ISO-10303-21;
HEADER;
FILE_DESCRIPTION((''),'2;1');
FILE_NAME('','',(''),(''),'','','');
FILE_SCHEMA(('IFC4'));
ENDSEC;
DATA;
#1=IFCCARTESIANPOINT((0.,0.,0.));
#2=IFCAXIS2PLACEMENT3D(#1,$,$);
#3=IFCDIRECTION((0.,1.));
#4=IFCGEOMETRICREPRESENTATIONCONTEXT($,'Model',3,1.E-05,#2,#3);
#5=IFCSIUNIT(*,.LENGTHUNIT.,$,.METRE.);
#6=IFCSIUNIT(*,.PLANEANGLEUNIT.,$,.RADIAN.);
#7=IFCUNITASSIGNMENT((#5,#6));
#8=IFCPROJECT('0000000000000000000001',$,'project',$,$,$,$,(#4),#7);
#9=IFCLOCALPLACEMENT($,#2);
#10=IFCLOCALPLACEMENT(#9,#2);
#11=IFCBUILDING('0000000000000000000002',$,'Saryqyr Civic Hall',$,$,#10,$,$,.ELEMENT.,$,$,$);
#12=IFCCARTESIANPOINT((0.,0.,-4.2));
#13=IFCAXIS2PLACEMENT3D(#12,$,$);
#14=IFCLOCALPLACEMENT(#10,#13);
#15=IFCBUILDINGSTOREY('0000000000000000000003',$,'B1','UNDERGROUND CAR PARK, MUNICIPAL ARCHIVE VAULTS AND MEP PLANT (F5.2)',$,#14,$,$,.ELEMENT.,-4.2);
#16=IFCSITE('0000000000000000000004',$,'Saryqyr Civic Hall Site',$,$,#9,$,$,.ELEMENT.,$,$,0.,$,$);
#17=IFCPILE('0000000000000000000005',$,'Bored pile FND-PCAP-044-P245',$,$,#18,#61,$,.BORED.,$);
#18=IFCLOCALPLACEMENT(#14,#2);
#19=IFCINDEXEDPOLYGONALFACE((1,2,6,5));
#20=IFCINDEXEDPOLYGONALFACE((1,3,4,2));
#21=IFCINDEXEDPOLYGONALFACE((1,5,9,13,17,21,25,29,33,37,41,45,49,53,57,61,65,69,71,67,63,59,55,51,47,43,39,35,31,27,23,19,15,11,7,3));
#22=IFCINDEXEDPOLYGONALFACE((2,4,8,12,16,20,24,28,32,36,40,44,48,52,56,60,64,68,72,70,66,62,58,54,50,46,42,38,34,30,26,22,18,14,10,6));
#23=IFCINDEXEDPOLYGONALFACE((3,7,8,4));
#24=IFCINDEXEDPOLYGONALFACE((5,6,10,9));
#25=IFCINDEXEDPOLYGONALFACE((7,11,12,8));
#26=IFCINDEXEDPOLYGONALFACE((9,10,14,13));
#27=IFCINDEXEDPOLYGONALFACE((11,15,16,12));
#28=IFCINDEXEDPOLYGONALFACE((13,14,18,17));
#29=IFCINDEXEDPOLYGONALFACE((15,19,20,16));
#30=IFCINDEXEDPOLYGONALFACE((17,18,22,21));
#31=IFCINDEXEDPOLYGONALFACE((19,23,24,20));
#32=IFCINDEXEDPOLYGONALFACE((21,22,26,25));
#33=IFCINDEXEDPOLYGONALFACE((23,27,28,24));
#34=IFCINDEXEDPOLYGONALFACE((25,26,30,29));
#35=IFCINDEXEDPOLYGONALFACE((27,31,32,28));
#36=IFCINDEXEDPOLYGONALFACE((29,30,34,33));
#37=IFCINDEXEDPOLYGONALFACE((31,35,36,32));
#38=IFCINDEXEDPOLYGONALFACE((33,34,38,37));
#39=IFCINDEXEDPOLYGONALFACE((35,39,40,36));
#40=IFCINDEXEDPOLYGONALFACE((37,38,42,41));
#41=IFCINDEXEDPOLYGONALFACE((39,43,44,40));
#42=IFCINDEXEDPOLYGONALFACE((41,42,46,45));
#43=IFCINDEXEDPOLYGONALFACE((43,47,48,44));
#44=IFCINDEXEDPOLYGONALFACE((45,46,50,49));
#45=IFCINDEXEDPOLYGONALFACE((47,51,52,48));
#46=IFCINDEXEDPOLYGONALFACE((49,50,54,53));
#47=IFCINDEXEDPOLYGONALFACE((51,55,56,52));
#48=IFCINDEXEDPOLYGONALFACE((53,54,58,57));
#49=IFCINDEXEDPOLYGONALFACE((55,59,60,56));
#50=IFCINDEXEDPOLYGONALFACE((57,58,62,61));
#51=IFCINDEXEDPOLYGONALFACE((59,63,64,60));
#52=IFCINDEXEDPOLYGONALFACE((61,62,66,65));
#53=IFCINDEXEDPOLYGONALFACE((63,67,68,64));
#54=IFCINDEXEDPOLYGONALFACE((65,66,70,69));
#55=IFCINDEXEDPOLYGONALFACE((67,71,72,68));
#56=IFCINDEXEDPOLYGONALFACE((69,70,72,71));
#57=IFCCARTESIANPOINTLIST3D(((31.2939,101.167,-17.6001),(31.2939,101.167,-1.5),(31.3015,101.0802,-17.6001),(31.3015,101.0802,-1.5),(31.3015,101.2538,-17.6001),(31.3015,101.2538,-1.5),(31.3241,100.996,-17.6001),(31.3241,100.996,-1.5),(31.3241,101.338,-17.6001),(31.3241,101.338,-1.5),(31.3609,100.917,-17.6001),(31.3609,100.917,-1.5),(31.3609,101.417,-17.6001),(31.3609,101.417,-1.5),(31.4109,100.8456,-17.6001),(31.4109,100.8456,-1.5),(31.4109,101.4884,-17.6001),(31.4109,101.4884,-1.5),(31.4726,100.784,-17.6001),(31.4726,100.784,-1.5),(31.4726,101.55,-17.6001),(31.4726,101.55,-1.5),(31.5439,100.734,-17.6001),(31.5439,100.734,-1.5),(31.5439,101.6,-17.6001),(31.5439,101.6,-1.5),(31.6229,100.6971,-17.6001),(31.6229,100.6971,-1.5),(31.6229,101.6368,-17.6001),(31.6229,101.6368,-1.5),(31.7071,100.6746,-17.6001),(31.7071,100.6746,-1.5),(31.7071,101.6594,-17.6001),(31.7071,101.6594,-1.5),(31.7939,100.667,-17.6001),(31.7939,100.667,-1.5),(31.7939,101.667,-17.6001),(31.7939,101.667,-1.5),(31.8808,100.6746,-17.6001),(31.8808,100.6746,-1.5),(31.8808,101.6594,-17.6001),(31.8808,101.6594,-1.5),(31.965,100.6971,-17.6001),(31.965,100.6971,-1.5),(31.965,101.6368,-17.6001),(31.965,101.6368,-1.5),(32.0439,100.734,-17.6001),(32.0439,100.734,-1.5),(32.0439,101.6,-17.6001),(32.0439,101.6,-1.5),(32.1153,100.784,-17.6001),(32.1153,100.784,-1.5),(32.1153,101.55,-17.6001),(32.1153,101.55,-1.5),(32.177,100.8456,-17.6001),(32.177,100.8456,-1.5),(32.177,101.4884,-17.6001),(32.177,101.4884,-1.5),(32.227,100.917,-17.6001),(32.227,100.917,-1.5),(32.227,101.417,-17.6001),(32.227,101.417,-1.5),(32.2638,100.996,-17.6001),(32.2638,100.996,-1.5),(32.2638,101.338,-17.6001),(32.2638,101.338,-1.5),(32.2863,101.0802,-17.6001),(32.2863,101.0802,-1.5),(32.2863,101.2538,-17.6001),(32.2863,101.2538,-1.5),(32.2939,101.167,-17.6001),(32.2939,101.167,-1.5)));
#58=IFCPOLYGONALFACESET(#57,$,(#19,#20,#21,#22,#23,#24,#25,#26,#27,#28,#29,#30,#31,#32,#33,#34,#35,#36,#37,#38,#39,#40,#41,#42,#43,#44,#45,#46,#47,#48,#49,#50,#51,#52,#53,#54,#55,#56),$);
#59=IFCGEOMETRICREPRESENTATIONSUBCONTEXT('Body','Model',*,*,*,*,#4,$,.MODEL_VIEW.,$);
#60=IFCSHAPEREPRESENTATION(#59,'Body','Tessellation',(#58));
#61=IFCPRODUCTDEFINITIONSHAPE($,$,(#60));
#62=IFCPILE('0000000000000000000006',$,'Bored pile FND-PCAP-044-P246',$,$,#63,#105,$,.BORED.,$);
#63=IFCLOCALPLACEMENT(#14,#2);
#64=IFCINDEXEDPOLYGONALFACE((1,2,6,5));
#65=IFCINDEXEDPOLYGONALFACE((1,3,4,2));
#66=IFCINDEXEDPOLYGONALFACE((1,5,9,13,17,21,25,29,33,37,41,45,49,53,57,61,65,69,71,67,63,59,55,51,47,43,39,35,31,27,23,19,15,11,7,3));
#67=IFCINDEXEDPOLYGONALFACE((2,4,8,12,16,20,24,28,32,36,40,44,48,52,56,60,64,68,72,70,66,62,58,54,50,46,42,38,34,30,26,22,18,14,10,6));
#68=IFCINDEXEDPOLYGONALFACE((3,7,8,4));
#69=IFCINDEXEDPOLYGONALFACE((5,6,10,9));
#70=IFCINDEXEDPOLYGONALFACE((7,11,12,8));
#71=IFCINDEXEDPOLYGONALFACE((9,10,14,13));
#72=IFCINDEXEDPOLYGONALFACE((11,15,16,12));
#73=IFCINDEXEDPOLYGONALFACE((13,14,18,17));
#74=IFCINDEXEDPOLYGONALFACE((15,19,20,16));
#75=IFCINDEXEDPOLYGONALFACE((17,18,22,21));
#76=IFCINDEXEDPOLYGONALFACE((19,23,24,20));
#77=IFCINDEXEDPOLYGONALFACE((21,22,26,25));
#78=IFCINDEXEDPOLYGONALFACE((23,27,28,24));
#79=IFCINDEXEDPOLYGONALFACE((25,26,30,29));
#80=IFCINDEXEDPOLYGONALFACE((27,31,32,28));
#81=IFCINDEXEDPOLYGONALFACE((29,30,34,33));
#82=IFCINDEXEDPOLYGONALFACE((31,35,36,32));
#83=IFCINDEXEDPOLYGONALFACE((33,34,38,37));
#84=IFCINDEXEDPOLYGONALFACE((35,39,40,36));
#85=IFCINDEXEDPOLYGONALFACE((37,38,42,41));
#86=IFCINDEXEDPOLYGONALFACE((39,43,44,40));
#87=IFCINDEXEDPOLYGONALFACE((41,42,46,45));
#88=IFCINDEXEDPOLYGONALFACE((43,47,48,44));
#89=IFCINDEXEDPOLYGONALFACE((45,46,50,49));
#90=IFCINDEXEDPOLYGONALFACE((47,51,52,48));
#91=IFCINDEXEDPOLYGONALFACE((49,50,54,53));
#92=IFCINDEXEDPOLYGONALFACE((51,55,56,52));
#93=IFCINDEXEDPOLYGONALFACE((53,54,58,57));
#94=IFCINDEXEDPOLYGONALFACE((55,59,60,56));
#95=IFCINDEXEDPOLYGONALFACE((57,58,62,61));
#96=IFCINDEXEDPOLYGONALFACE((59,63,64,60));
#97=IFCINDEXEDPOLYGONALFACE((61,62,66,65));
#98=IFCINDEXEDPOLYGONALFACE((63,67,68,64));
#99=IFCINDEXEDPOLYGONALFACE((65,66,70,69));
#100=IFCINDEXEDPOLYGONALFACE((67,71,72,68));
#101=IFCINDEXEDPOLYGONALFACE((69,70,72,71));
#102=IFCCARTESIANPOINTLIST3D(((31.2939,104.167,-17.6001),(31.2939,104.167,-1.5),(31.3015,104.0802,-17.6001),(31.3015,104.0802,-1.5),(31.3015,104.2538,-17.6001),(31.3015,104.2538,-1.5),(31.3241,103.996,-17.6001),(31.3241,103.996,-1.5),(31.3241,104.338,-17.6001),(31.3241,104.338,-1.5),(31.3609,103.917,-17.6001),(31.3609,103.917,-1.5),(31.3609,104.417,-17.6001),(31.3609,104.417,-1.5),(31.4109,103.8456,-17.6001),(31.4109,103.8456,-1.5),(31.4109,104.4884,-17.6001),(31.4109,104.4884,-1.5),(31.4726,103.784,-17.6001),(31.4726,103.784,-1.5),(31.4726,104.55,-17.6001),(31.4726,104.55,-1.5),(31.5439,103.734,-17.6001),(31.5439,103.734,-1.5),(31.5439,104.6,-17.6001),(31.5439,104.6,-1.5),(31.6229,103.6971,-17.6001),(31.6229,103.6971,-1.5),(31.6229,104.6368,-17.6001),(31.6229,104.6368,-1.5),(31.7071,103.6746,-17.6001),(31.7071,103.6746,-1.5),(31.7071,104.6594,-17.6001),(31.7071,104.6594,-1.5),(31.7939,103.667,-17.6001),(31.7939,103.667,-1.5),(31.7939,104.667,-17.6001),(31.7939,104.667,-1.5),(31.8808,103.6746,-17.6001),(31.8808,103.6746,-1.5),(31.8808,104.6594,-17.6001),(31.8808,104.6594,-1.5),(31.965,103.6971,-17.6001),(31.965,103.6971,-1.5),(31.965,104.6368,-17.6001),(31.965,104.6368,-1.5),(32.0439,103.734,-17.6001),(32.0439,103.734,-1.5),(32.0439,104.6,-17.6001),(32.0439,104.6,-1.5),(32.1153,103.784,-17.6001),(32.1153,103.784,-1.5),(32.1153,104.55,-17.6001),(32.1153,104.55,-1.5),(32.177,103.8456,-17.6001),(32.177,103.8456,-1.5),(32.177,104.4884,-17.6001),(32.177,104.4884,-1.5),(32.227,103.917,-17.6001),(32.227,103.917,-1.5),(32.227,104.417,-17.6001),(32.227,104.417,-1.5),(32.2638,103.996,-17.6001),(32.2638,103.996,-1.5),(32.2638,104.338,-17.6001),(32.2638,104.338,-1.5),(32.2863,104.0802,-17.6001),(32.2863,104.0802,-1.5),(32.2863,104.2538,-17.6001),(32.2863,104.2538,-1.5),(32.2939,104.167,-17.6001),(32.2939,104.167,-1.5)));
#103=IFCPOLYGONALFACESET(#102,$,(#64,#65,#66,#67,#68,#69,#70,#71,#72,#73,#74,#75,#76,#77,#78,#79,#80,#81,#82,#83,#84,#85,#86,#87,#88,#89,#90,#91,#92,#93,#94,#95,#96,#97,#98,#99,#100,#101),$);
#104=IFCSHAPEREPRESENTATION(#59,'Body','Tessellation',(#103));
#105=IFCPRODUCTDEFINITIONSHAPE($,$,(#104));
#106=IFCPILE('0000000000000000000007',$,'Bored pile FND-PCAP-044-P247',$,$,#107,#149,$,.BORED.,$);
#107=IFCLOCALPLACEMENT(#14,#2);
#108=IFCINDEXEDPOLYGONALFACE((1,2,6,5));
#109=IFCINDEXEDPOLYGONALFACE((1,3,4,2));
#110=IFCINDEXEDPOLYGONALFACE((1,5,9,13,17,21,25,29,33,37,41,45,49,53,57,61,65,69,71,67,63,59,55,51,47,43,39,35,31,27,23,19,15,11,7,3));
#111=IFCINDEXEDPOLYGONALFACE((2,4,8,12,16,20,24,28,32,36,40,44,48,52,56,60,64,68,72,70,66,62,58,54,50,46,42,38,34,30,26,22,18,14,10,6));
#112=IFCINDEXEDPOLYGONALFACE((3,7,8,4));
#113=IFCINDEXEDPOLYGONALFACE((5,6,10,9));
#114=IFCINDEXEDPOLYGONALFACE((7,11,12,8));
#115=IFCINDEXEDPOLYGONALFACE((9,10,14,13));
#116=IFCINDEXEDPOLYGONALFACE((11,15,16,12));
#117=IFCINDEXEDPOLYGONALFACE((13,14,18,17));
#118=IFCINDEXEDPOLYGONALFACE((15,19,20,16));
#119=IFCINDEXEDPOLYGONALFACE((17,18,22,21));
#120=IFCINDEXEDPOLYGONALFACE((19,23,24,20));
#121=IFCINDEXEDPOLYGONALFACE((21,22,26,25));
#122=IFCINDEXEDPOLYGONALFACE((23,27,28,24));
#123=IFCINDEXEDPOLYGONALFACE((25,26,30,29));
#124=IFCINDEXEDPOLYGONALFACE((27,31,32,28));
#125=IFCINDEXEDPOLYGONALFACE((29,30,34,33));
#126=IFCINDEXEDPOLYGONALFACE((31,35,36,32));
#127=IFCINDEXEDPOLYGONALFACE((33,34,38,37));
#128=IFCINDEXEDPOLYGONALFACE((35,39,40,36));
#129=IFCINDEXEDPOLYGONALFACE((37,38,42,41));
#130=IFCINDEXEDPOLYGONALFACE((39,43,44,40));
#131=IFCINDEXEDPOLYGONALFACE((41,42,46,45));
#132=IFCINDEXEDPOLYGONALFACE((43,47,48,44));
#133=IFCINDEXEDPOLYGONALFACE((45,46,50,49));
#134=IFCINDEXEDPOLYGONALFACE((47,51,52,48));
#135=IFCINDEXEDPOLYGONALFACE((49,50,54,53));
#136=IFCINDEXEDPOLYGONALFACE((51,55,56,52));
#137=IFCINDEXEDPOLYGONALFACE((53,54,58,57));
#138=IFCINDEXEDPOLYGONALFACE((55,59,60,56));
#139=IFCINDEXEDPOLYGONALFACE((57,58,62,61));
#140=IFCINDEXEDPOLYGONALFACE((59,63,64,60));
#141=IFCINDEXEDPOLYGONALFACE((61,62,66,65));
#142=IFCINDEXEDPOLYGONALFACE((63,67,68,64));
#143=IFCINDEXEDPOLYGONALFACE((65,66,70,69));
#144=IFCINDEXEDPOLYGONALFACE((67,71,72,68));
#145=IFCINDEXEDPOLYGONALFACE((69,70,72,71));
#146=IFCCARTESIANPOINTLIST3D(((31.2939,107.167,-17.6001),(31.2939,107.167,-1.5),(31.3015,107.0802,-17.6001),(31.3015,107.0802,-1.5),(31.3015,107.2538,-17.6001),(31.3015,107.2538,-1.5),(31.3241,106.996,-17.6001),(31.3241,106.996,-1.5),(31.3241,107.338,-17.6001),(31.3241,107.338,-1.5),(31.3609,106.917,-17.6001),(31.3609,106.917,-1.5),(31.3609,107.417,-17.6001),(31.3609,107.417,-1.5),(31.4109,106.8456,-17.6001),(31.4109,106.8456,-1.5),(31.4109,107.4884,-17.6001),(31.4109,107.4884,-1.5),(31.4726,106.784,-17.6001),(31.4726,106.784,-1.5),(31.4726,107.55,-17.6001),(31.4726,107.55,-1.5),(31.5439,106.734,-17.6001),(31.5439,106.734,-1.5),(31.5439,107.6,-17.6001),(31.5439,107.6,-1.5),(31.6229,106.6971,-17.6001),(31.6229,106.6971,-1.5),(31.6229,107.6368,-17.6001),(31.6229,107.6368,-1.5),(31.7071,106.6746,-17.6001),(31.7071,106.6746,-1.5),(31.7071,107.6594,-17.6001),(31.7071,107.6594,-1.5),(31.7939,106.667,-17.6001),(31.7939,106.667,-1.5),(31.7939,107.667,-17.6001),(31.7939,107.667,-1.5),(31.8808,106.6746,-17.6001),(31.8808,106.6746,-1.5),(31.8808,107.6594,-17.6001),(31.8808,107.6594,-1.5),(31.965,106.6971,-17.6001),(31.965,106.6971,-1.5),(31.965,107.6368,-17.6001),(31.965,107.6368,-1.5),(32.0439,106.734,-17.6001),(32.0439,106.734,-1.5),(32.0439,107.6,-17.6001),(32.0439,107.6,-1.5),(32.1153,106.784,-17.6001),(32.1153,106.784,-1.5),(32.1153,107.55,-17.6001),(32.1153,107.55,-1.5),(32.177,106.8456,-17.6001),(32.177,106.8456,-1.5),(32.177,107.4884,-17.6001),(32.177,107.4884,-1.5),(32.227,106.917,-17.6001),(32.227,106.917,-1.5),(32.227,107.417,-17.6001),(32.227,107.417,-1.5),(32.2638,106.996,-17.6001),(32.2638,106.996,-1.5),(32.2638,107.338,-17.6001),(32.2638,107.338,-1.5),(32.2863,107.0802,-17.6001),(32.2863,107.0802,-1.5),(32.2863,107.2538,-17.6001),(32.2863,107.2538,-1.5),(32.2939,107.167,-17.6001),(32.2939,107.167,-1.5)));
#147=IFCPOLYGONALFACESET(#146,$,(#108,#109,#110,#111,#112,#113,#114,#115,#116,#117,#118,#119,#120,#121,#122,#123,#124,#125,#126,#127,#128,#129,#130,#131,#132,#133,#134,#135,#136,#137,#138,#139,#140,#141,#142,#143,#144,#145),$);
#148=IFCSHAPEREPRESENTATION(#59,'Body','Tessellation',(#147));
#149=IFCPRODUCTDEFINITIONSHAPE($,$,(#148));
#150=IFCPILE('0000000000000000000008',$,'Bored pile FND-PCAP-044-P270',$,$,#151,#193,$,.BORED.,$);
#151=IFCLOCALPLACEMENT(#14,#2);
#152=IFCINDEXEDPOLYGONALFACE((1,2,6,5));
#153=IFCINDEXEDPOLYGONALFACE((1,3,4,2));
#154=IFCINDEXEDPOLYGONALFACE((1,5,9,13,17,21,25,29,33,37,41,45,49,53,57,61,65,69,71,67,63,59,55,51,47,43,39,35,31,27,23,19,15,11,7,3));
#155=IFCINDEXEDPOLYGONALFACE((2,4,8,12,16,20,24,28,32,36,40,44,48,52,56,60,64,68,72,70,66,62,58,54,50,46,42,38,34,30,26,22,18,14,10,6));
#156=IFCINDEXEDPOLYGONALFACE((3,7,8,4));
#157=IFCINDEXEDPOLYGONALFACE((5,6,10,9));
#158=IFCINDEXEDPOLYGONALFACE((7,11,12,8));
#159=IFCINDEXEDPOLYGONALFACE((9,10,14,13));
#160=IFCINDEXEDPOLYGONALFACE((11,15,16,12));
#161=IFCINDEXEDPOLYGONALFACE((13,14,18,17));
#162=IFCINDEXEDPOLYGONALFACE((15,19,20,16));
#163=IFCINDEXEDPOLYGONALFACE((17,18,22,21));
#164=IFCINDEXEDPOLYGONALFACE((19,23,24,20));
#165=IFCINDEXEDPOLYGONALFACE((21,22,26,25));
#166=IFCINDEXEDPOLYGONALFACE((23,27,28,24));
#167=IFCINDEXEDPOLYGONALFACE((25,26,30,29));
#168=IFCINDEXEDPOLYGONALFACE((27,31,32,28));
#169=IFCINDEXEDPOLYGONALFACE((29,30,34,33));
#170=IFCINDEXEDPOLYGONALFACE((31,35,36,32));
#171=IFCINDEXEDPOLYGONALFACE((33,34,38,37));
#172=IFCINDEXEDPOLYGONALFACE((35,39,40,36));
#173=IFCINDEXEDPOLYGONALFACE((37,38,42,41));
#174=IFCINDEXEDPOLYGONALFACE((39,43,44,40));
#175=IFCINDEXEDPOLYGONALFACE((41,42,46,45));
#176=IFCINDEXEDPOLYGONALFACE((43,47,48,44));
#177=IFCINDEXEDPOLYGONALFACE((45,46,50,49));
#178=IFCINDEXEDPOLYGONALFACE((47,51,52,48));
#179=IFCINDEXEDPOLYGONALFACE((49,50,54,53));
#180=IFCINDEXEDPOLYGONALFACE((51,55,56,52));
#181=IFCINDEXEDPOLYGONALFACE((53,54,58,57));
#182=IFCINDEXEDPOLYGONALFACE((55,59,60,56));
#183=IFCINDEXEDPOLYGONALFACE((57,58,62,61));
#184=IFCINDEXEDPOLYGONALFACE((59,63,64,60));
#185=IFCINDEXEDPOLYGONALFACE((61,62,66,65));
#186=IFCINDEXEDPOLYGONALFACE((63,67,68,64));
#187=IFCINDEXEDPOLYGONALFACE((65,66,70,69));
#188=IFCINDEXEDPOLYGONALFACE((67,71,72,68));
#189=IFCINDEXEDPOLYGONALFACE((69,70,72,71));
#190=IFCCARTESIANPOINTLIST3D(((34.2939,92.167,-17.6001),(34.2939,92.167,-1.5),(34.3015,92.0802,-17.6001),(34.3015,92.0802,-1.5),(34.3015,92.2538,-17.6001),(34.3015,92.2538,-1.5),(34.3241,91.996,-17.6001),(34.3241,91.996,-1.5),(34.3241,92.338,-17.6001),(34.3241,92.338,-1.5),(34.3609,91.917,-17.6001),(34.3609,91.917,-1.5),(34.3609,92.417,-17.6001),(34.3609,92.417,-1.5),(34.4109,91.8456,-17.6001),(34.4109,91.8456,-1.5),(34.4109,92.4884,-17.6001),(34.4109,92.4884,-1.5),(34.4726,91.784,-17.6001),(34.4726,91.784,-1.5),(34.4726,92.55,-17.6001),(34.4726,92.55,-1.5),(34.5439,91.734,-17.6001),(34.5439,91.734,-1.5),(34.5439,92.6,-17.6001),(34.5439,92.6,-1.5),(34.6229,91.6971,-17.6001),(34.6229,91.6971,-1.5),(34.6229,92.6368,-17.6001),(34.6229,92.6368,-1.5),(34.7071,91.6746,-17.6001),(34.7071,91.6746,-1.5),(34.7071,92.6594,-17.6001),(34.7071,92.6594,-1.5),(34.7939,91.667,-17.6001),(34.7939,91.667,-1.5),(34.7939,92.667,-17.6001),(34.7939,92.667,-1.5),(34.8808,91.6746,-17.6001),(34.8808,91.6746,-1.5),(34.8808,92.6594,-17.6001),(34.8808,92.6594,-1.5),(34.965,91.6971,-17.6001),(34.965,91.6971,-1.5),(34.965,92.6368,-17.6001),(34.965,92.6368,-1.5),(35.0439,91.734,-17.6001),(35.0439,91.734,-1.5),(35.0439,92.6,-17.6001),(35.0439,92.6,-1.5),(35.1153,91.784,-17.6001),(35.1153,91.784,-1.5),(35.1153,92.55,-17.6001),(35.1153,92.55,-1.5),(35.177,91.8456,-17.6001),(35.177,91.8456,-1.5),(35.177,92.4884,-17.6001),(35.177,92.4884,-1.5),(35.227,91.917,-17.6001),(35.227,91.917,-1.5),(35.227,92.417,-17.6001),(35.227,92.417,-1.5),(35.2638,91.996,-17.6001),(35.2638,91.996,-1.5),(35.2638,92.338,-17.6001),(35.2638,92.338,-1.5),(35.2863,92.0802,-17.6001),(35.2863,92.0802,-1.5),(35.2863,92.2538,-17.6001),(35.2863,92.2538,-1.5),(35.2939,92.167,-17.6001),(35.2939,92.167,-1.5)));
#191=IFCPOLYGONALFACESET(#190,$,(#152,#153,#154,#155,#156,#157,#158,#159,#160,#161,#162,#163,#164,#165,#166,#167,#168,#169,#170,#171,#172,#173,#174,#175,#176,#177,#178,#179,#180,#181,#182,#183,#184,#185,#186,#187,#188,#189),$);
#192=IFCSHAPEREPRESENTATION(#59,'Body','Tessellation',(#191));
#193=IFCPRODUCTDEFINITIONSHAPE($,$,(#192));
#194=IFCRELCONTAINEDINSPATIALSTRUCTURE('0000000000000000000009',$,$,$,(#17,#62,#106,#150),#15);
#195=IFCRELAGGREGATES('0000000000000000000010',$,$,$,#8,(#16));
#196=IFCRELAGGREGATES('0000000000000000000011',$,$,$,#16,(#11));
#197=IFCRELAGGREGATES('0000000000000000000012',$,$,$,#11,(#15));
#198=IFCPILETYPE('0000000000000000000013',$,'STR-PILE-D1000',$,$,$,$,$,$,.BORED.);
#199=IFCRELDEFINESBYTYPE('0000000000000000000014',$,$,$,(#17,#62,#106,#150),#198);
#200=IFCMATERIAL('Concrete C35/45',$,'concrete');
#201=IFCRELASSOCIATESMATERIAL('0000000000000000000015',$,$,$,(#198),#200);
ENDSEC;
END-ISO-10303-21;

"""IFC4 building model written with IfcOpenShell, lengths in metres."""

from ifc_helpers import new_model, si_unit, direction, frame, origin, origin_2d, place, context, subcontext, project, spatial, circle, extrude, material, material_profile, profile_set, type_object, element, save


model = new_model("IFC4")

# Units and contexts
model_context = context("Model", 3, precision=1e-05, world=origin(), true_north=direction((0.0, 1.0)))
body_context = subcontext(model_context, "Body", "Model", "MODEL_VIEW")
ifc_project = project(units=[si_unit("LENGTHUNIT", "METRE"), si_unit("PLANEANGLEUNIT", "RADIAN")], contexts=[model_context])

# Site, building, storey
site_placement = place(None, origin())
site = spatial("IfcSite", under=ifc_project, at=site_placement, Name="Saryqyr Civic Hall Site", CompositionType="ELEMENT", RefElevation=0.0)
building_placement = place(site_placement, origin())
building = spatial("IfcBuilding", under=site, at=building_placement, Name="Saryqyr Civic Hall", CompositionType="ELEMENT")
storey_placement = place(building_placement, frame((0.0, 0.0, -4.2)))
storey = spatial("IfcBuildingStorey", under=building, at=storey_placement, Name="B1", Description="UNDERGROUND CAR PARK, MUNICIPAL ARCHIVE VAULTS AND MEP PLANT (F5.2)", CompositionType="ELEMENT", Elevation=-4.2)

# Piles
ifc_material_1 = material(Name="Concrete C35/45", Category="concrete")
ifc_material_profile_1 = material_profile(ifc_material_1, circle(Radius=0.5, at=origin_2d()), Name="BORED PILE D1000")
ifc_profile_set_1 = profile_set([ifc_material_profile_1], Name="Concrete C35/45")
pile_type = type_object("IfcPileType", Name="STR-PILE-D1000", PredefinedType="BORED", material=ifc_profile_set_1)
for number, where, z_axis, x_axis, name in (
    (1, (31.7939, 101.167, -1.5), (0.0, 0.0, -1.0), (1.0, 0.0, 0.0), "Bored pile FND-PCAP-044-P245"),
    (2, (31.7939, 104.167, -1.5), (0.0, 0.0, -1.0), (1.0, 0.0, 0.0), "Bored pile FND-PCAP-044-P246"),
    (3, (31.7939, 107.167, -1.5), (0.0, 0.0, -1.0), (1.0, 0.0, 0.0), "Bored pile FND-PCAP-044-P247"),
    (4, (34.7939, 92.167, -1.5), (0.0, 0.0, -1.0), (1.0, 0.0, 0.0), "Bored pile FND-PCAP-044-P270"),
):
    element("IfcPile", number, at=place(storey_placement, frame(where, z_axis=z_axis, x_axis=x_axis)), inside=storey, type_object=pile_type, Name=name, PredefinedType="BORED", context=body_context, shape_type="SweptSolid", body=[
        extrude(circle(Radius=0.5, at=origin_2d()), origin(), (0.0, 0.0, 1.0), 16.1001),
    ])

save(model, "model.ifc")
